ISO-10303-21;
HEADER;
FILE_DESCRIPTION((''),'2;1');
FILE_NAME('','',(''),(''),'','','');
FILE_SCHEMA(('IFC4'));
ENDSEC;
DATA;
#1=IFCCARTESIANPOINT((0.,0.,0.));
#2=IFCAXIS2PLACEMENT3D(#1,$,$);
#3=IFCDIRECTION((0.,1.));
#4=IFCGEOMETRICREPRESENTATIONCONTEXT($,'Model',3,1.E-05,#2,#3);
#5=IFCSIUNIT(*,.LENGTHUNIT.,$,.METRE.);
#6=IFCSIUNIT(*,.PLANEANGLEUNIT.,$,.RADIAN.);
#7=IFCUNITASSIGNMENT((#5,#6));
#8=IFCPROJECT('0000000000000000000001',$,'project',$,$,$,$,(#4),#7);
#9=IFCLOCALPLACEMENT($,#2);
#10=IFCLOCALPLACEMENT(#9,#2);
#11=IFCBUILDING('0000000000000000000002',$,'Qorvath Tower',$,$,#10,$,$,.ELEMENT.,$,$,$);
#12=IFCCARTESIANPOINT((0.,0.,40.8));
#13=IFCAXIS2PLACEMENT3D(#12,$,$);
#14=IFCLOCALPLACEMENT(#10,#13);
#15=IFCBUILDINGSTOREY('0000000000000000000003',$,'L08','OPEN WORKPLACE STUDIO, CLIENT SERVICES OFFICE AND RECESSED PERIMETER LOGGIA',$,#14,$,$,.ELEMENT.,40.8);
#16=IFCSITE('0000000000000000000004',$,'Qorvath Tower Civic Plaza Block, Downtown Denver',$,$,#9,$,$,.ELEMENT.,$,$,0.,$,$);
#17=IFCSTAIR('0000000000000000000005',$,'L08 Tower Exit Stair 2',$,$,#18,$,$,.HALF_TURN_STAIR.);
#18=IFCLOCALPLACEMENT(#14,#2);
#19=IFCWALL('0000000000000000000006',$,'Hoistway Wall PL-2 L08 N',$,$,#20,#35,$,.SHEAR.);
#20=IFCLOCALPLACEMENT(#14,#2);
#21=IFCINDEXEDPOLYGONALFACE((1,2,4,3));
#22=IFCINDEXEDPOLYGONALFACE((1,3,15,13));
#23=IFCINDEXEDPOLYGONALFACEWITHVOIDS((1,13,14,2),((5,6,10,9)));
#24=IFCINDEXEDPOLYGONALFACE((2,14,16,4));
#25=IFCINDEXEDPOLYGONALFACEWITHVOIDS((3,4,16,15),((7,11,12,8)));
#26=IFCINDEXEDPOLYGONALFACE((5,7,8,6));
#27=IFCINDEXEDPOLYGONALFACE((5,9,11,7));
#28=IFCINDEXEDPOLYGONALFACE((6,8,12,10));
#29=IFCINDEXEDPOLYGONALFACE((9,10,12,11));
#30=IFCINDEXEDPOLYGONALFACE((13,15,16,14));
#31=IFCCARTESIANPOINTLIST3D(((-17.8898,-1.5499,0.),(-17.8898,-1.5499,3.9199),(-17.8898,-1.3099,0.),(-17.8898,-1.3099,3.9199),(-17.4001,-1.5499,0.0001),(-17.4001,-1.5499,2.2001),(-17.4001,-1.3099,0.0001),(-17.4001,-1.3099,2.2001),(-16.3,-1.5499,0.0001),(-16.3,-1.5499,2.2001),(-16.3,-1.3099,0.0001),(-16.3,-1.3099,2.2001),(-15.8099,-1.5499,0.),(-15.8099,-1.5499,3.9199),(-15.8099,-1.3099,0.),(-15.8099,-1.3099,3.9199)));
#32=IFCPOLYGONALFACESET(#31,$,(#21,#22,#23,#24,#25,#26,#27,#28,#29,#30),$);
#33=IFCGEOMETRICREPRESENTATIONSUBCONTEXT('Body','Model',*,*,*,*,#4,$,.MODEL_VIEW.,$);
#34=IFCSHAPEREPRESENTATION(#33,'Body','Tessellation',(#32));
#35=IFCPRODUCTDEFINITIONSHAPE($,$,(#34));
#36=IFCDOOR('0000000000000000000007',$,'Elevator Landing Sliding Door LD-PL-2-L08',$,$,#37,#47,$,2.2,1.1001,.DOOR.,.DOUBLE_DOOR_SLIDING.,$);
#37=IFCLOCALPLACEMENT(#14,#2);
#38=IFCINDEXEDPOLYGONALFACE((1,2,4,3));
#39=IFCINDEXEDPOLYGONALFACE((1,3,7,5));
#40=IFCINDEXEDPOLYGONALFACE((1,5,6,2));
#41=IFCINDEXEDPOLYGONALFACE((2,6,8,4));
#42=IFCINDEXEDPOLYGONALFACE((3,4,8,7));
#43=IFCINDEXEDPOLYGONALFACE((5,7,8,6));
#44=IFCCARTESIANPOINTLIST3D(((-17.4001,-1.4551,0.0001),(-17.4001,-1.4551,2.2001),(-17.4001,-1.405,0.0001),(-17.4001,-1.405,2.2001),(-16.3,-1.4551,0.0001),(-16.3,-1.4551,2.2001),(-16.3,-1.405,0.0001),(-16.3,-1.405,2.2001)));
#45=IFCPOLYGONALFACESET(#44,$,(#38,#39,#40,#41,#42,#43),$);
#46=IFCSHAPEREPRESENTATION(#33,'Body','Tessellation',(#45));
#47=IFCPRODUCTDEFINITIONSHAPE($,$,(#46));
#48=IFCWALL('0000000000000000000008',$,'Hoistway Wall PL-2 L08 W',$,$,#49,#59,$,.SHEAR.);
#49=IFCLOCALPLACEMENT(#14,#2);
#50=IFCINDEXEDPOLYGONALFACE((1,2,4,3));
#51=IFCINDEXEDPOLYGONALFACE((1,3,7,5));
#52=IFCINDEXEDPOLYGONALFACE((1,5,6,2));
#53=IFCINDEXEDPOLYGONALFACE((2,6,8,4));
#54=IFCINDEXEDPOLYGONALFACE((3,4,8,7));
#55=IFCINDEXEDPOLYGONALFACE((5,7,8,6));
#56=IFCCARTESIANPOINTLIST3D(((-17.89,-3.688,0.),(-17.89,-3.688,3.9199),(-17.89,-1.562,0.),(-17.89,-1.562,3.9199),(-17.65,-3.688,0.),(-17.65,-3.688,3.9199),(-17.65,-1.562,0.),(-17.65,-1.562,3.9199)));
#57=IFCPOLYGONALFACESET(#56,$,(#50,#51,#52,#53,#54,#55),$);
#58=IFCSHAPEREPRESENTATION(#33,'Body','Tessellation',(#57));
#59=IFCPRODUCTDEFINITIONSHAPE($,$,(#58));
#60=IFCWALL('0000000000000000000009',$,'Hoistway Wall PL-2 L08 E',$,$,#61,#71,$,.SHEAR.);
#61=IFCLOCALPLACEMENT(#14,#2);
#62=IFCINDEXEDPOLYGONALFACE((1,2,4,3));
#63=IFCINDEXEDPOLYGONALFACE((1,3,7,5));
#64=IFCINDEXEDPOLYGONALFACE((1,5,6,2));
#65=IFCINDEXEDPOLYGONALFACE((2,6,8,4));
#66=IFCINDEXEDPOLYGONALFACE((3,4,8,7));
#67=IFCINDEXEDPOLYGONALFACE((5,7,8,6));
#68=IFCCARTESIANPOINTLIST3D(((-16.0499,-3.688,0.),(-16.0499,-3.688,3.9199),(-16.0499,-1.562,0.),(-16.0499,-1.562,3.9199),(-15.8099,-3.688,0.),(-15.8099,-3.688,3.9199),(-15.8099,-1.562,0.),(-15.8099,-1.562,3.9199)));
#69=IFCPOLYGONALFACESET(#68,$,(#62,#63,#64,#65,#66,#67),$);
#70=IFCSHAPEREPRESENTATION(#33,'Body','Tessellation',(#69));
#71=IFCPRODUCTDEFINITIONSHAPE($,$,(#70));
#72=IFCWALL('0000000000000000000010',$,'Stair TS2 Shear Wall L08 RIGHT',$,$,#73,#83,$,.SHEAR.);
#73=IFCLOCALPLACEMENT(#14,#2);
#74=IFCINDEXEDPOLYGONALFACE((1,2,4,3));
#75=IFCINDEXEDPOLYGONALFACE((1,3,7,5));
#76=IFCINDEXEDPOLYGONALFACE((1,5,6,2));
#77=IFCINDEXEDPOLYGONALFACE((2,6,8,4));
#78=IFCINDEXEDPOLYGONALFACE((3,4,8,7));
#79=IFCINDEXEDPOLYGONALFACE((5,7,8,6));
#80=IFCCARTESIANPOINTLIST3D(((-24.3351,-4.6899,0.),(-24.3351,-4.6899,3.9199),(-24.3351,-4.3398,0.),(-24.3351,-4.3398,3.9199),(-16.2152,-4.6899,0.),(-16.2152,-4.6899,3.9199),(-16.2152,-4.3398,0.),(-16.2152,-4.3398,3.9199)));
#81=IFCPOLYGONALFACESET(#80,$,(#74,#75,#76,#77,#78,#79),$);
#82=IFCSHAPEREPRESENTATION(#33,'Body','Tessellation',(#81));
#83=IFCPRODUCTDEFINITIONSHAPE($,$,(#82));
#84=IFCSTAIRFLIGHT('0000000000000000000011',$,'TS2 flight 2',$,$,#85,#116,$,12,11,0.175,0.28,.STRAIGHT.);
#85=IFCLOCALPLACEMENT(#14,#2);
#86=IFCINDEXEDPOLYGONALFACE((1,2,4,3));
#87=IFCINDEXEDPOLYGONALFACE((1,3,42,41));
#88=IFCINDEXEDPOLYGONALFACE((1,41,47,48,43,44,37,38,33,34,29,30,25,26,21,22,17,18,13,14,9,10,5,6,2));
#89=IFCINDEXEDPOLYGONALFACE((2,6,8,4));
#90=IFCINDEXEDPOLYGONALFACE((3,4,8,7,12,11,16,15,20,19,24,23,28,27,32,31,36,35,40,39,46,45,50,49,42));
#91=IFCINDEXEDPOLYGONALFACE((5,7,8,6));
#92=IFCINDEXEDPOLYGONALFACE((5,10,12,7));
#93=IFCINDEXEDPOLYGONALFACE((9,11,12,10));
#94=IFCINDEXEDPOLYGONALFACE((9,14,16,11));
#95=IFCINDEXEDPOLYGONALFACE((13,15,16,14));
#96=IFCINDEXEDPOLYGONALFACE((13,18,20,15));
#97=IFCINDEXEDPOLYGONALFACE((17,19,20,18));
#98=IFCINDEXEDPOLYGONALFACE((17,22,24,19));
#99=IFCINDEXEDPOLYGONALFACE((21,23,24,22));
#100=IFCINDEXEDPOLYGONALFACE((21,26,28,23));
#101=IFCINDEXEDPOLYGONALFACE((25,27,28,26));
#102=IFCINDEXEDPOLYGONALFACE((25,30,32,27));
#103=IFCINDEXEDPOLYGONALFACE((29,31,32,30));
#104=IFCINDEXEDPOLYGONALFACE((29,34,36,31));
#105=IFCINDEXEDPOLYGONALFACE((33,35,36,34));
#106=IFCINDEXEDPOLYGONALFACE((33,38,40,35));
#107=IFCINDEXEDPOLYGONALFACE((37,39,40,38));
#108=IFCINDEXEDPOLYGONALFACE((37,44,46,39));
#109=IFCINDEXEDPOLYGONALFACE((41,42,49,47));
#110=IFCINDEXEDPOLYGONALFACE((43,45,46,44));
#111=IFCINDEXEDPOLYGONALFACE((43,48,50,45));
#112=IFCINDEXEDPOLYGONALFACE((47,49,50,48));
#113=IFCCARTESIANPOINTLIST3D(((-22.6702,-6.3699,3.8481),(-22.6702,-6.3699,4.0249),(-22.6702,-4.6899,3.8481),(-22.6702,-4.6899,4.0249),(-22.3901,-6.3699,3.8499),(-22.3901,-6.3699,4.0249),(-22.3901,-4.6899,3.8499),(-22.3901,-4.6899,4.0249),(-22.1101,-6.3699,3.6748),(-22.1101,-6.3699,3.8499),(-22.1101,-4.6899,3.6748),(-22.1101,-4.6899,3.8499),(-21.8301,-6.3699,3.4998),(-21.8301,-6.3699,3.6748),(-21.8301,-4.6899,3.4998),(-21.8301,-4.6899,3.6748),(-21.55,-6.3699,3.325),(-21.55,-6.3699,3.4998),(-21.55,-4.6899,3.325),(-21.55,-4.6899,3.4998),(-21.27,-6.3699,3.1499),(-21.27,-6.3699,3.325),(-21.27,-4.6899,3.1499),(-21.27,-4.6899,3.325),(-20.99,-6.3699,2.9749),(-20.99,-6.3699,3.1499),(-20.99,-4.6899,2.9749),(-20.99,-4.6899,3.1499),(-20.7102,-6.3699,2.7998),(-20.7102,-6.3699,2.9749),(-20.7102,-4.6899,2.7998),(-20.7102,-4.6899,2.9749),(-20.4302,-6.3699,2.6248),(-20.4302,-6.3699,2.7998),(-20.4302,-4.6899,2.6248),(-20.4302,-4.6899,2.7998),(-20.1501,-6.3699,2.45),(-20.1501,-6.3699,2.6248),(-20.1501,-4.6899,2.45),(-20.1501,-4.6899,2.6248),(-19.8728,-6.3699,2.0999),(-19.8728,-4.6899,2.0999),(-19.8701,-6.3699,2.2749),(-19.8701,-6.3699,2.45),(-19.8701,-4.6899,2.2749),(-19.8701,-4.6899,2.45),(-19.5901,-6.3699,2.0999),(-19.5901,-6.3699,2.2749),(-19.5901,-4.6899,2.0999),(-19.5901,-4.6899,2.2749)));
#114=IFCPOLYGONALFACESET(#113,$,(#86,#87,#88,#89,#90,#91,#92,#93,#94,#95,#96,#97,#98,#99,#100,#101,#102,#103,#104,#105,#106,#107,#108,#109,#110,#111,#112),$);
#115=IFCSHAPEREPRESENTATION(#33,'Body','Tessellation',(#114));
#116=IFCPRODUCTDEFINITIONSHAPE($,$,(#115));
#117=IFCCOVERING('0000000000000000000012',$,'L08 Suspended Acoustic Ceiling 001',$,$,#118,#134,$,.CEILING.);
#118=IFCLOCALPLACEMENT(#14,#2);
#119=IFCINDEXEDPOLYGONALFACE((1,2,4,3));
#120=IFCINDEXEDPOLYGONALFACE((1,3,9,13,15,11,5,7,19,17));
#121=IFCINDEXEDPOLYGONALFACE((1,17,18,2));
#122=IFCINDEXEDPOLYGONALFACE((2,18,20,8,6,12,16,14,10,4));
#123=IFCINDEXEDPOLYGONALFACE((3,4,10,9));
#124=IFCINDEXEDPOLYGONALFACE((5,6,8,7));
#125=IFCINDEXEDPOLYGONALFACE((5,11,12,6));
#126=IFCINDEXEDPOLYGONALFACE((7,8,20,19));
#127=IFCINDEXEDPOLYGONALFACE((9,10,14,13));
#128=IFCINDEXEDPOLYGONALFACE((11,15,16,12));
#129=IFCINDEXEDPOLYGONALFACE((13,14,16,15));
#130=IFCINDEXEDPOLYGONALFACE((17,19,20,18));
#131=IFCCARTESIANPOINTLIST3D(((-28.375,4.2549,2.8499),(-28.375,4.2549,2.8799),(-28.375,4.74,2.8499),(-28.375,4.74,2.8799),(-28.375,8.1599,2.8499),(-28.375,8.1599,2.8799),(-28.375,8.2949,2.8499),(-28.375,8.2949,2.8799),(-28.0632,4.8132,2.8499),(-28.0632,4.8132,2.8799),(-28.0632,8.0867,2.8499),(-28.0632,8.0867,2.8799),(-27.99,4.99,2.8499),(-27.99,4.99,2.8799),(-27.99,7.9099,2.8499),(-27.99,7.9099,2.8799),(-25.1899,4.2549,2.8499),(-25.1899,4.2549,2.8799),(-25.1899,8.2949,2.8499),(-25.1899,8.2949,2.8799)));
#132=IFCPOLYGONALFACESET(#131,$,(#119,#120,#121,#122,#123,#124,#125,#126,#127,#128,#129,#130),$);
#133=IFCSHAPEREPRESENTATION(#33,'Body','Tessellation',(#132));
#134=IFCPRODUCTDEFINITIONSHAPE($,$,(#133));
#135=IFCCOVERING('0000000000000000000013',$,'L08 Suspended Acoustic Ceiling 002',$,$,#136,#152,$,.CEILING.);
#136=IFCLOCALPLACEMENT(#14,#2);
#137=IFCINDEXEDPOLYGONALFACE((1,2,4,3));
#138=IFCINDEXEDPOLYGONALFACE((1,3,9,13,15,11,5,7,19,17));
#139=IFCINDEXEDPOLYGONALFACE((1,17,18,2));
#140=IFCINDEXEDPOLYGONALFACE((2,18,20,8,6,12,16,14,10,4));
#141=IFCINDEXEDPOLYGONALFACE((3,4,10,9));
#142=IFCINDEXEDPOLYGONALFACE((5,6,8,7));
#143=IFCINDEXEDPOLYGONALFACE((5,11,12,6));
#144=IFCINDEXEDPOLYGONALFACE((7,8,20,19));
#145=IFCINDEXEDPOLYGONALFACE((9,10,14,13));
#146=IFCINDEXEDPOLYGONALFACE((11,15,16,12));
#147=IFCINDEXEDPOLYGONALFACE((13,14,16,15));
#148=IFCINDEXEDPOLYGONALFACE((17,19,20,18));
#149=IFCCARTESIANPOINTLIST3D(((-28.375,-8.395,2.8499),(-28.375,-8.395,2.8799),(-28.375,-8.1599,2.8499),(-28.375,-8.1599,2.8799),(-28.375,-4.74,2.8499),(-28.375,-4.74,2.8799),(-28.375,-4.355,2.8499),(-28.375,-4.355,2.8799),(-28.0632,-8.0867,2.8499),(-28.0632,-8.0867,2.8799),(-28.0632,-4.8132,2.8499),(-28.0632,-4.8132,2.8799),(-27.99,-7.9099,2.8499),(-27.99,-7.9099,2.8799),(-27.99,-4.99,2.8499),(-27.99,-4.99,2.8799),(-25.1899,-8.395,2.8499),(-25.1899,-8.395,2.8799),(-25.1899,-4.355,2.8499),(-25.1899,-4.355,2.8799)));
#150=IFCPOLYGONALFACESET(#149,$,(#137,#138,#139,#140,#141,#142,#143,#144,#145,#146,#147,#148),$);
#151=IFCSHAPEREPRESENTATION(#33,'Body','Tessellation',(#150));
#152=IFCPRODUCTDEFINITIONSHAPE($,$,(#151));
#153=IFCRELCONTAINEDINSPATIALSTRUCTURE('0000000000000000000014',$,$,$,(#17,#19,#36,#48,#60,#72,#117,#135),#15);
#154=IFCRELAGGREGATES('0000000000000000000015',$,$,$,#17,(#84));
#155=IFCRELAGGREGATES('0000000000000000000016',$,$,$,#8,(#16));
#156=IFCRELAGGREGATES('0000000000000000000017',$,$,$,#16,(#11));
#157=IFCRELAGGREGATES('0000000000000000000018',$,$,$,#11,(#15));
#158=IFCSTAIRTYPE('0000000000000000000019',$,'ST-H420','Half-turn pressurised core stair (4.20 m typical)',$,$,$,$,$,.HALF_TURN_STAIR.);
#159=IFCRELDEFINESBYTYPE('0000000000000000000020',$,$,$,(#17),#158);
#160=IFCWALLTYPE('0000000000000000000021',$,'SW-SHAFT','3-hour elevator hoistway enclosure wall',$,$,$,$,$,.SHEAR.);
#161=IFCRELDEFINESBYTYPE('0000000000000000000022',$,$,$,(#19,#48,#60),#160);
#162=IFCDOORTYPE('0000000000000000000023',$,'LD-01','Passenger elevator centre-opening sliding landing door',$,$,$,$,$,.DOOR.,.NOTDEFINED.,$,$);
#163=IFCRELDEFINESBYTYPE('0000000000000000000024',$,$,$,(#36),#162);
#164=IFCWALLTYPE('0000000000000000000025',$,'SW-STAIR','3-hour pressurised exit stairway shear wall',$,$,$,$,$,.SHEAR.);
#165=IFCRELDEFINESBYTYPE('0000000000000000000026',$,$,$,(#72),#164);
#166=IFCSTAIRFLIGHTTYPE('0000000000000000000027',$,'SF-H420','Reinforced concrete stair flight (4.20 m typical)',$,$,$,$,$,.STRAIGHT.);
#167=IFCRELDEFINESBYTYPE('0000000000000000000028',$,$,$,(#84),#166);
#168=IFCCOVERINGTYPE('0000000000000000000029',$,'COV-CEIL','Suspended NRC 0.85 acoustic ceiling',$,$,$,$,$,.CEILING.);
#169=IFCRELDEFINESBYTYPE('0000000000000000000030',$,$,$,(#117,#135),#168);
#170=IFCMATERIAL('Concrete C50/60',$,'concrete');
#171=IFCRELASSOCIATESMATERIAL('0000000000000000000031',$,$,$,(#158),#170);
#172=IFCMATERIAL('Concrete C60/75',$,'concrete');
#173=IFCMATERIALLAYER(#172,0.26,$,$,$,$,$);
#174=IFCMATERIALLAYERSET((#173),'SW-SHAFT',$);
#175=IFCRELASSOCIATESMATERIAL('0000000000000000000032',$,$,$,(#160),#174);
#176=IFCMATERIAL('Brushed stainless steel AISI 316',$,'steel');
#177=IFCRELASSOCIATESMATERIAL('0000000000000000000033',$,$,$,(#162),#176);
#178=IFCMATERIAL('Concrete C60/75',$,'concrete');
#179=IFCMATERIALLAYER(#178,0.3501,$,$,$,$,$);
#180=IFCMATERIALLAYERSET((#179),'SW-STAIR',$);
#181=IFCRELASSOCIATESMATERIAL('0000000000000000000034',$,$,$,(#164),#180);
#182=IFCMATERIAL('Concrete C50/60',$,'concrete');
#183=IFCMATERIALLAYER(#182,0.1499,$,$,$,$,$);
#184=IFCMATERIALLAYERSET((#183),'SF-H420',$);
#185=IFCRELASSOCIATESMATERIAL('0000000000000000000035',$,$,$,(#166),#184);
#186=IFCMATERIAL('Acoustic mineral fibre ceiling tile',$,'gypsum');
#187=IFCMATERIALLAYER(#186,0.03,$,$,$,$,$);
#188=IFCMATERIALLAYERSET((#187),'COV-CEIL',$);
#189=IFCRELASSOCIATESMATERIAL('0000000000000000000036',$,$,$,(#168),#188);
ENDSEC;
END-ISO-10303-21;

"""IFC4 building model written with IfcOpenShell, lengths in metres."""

from ifc_helpers import new_model, si_unit, direction, frame, frame_2d, origin, place, context, subcontext, project, spatial, polyline, rectangle, outline, extrude, material, layer, layer_set, type_object, element, fill, aggregate, save


model = new_model("IFC4")

# Units and contexts
model_context = context("Model", 3, precision=1e-05, world=origin(), true_north=direction((0.0, 1.0)))
body_context = subcontext(model_context, "Body", "Model", "MODEL_VIEW")
ifc_project = project(units=[si_unit("LENGTHUNIT", "METRE"), si_unit("PLANEANGLEUNIT", "RADIAN")], contexts=[model_context])

# Site, building, storey
site_placement = place(None, origin())
site = spatial("IfcSite", under=ifc_project, at=site_placement, Name="Qorvath Tower Civic Plaza Block, Downtown Denver", CompositionType="ELEMENT", RefElevation=0.0)
building_placement = place(site_placement, origin())
building = spatial("IfcBuilding", under=site, at=building_placement, Name="Qorvath Tower", CompositionType="ELEMENT")
storey_placement = place(building_placement, frame((0.0, 0.0, 40.8)))
storey = spatial("IfcBuildingStorey", under=building, at=storey_placement, Name="L08", Description="OPEN WORKPLACE STUDIO, CLIENT SERVICES OFFICE AND RECESSED PERIMETER LOGGIA", CompositionType="ELEMENT", Elevation=40.8)

# Stair
ifc_material_1 = material(Name="Concrete C50/60", Category="concrete")
stair_type = type_object("IfcStairType", Name="ST-H420", Description="Half-turn pressurised core stair (4.20 m typical)", PredefinedType="HALF_TURN_STAIR", material=ifc_material_1)
stair_1_placement = place(storey_placement, origin())
stair_1 = element("IfcStair", 1, at=stair_1_placement, inside=storey, type_object=stair_type, Name="L08 Tower Exit Stair 2", PredefinedType="HALF_TURN_STAIR")

# Shared definitions
ifc_material_2 = material(Name="Concrete C60/75", Category="concrete")
ifc_layer_1 = layer(ifc_material_2, 0.26)
ifc_layer_set_1 = layer_set([ifc_layer_1], Name="SW-SHAFT")
wall_type_1 = type_object("IfcWallType", Name="SW-SHAFT", Description="3-hour elevator hoistway enclosure wall", PredefinedType="SHEAR", material=ifc_layer_set_1)

# Wall, opening, door
wall_1_placement = place(storey_placement, frame((-17.8899, -1.4299, 0.0), z_axis=(0.0, 0.0, 1.0), x_axis=(1.0, 0.0, 0.0)))
wall_1 = element("IfcWall", 2, at=wall_1_placement, inside=storey, type_object=wall_type_1, Name="Hoistway Wall PL-2 L08 N", PredefinedType="SHEAR", context=body_context, shape_type="SweptSolid", body=[
    extrude(rectangle(XDim=2.0798, YDim=0.24, at=frame_2d((1.04, 0.0))), origin(), (0.0, 0.0, 1.0), 3.9199),
])
opening_placement = place(wall_1_placement, frame((0.4897, 0.0, 0.0)))
opening = element("IfcOpeningElement", 3, at=opening_placement, cuts=wall_1, PredefinedType="OPENING", context=body_context, shape_type="SweptSolid", body=[
    extrude(rectangle(XDim=1.1001, YDim=2.2, at=frame_2d((0.55, 1.1001))), frame((0.0, 0.1299, 0.0), z_axis=(0.0, -1.0, 0.0), x_axis=(1.0, 0.0, 0.0)), (0.0, 0.0, 1.0), 0.26),
])
ifc_material_3 = material(Name="Brushed stainless steel AISI 316", Category="steel")
door_type = type_object("IfcDoorType", Name="LD-01", Description="Passenger elevator centre-opening sliding landing door", OperationType="NOTDEFINED", PredefinedType="DOOR", material=ifc_material_3)
door_placement = place(opening_placement, origin())
door = element("IfcDoor", 4, at=door_placement, inside=storey, type_object=door_type, Name="Elevator Landing Sliding Door LD-PL-2-L08", OperationType="DOUBLE_DOOR_SLIDING", OverallHeight=2.2, OverallWidth=1.1001, PredefinedType="DOOR", context=body_context, shape_type="SweptSolid", body=[
    extrude(rectangle(XDim=1.1001, YDim=2.2, at=frame_2d((0.55, 1.1001))), frame((0.0, 0.0249, 0.0), z_axis=(0.0, -1.0, 0.0), x_axis=(1.0, 0.0, 0.0)), (0.0, 0.0, 1.0), 0.05),
])
fill(opening, door)

# Walls
for number, where, z_axis, x_axis, name in (
    (5, (-17.77, -3.688, 0.0), (0.0, 0.0, 1.0), (0.0, 1.0, 0.0), "Hoistway Wall PL-2 L08 W"),
    (6, (-15.9299, -1.562, 0.0), (0.0, 0.0, 1.0), (0.0, -1.0, 0.0), "Hoistway Wall PL-2 L08 E"),
):
    element("IfcWall", number, at=place(storey_placement, frame(where, z_axis=z_axis, x_axis=x_axis)), inside=storey, type_object=wall_type_1, Name=name, PredefinedType="SHEAR", context=body_context, shape_type="SweptSolid", body=[
        extrude(rectangle(XDim=2.126, YDim=0.24, at=frame_2d((1.063, 0.0))), origin(), (0.0, 0.0, 1.0), 3.9199),
    ])
ifc_material_4 = material(Name="Concrete C60/75", Category="concrete")
ifc_layer_2 = layer(ifc_material_4, 0.3501)
ifc_layer_set_2 = layer_set([ifc_layer_2], Name="SW-STAIR")
wall_type_2 = type_object("IfcWallType", Name="SW-STAIR", Description="3-hour pressurised exit stairway shear wall", PredefinedType="SHEAR", material=ifc_layer_set_2)
wall_2_placement = place(storey_placement, frame((-16.2151, -4.5149, 0.0), z_axis=(0.0, 0.0, 1.0), x_axis=(-1.0, 0.0, 0.0)))
element("IfcWall", 7, at=wall_2_placement, inside=storey, type_object=wall_type_2, Name="Stair TS2 Shear Wall L08 RIGHT", PredefinedType="SHEAR", context=body_context, shape_type="SweptSolid", body=[
    extrude(rectangle(XDim=8.1199, YDim=0.3501, at=frame_2d((4.0601, 0.0))), origin(), (0.0, 0.0, 1.0), 3.9199),
])

# Stair flight
ifc_material_5 = material(Name="Concrete C50/60", Category="concrete")
ifc_layer_3 = layer(ifc_material_5, 0.1499)
ifc_layer_set_3 = layer_set([ifc_layer_3], Name="SF-H420")
stair_flight_type = type_object("IfcStairFlightType", Name="SF-H420", Description="Reinforced concrete stair flight (4.20 m typical)", PredefinedType="STRAIGHT", material=ifc_layer_set_3)
stair_flight_placement = place(storey_placement, frame((-19.5901, -5.53, 2.0999), z_axis=(0.0, 0.0, 1.0), x_axis=(-1.0, 0.0, 0.0)))
stair_flight = element("IfcStairFlight", 8, at=stair_flight_placement, type_object=stair_flight_type, Name="TS2 flight 2", NumberOfRisers=12, NumberOfTreads=11, PredefinedType="STRAIGHT", RiserHeight=0.175, TreadLength=0.28, context=body_context, shape_type="SweptSolid", body=[
    extrude(outline(polyline([(0.0, 0.0), (0.0, 0.175), (0.28, 0.175), (0.28, 0.3501), (0.5601, 0.3501), (0.5601, 0.5249), (0.8401, 0.5249), (0.8401, 0.7), (1.1201, 0.7), (1.1201, 0.875), (1.3999, 0.875), (1.3999, 1.05), (1.6799, 1.05), (1.6799, 1.2251), (1.96, 1.2251), (1.96, 1.3999), (2.24, 1.3999), (2.24, 1.575), (2.52, 1.575), (2.52, 1.75), (2.8, 1.75), (2.8, 1.925), (3.0801, 1.925), (3.0801, 2.1001), (3.0801, 1.7483), (0.2827, 0.0), (0.0, 0.0)])), frame((0.0, 0.8398, 0.0), z_axis=(0.0, -1.0, 0.0), x_axis=(1.0, 0.0, 0.0)), (0.0, 0.0, 1.0), 1.6799),
])
aggregate(stair_1, [stair_flight])

# Coverings
ifc_material_6 = material(Name="Acoustic mineral fibre ceiling tile", Category="gypsum")
ifc_layer_4 = layer(ifc_material_6, 0.03)
ifc_layer_set_4 = layer_set([ifc_layer_4], Name="COV-CEIL")
covering_type_1 = type_object("IfcCoveringType", Name="COV-CEIL", Description="Suspended NRC 0.85 acoustic ceiling", PredefinedType="CEILING", material=ifc_layer_set_4)
covering_1_placement = place(storey_placement, frame((0.0, 0.0, 2.8499)))
element("IfcCovering", 9, at=covering_1_placement, inside=storey, type_object=covering_type_1, Name="L08 Suspended Acoustic Ceiling 001", PredefinedType="CEILING", context=body_context, shape_type="SweptSolid", body=[
    extrude(outline(polyline([(-25.1899, 4.2549), (-25.1899, 8.2949), (-28.375, 8.2949), (-28.375, 8.1599), (-28.0632, 8.0867), (-27.99, 7.9099), (-27.99, 4.99), (-28.0632, 4.8132), (-28.375, 4.74), (-28.375, 4.2549), (-25.1899, 4.2549)])), origin(), (0.0, 0.0, 1.0), 0.03),
])
covering_2_placement = place(storey_placement, frame((0.0, 0.0, 2.8499)))
element("IfcCovering", 10, at=covering_2_placement, inside=storey, type_object=covering_type_1, Name="L08 Suspended Acoustic Ceiling 002", PredefinedType="CEILING", context=body_context, shape_type="SweptSolid", body=[
    extrude(outline(polyline([(-25.1899, -8.395), (-25.1899, -4.355), (-28.375, -4.355), (-28.375, -4.74), (-28.0632, -4.8132), (-27.99, -4.99), (-27.99, -7.9099), (-28.0632, -8.0867), (-28.375, -8.1599), (-28.375, -8.395), (-25.1899, -8.395)])), origin(), (0.0, 0.0, 1.0), 0.03),
])

save(model, "model.ifc")
